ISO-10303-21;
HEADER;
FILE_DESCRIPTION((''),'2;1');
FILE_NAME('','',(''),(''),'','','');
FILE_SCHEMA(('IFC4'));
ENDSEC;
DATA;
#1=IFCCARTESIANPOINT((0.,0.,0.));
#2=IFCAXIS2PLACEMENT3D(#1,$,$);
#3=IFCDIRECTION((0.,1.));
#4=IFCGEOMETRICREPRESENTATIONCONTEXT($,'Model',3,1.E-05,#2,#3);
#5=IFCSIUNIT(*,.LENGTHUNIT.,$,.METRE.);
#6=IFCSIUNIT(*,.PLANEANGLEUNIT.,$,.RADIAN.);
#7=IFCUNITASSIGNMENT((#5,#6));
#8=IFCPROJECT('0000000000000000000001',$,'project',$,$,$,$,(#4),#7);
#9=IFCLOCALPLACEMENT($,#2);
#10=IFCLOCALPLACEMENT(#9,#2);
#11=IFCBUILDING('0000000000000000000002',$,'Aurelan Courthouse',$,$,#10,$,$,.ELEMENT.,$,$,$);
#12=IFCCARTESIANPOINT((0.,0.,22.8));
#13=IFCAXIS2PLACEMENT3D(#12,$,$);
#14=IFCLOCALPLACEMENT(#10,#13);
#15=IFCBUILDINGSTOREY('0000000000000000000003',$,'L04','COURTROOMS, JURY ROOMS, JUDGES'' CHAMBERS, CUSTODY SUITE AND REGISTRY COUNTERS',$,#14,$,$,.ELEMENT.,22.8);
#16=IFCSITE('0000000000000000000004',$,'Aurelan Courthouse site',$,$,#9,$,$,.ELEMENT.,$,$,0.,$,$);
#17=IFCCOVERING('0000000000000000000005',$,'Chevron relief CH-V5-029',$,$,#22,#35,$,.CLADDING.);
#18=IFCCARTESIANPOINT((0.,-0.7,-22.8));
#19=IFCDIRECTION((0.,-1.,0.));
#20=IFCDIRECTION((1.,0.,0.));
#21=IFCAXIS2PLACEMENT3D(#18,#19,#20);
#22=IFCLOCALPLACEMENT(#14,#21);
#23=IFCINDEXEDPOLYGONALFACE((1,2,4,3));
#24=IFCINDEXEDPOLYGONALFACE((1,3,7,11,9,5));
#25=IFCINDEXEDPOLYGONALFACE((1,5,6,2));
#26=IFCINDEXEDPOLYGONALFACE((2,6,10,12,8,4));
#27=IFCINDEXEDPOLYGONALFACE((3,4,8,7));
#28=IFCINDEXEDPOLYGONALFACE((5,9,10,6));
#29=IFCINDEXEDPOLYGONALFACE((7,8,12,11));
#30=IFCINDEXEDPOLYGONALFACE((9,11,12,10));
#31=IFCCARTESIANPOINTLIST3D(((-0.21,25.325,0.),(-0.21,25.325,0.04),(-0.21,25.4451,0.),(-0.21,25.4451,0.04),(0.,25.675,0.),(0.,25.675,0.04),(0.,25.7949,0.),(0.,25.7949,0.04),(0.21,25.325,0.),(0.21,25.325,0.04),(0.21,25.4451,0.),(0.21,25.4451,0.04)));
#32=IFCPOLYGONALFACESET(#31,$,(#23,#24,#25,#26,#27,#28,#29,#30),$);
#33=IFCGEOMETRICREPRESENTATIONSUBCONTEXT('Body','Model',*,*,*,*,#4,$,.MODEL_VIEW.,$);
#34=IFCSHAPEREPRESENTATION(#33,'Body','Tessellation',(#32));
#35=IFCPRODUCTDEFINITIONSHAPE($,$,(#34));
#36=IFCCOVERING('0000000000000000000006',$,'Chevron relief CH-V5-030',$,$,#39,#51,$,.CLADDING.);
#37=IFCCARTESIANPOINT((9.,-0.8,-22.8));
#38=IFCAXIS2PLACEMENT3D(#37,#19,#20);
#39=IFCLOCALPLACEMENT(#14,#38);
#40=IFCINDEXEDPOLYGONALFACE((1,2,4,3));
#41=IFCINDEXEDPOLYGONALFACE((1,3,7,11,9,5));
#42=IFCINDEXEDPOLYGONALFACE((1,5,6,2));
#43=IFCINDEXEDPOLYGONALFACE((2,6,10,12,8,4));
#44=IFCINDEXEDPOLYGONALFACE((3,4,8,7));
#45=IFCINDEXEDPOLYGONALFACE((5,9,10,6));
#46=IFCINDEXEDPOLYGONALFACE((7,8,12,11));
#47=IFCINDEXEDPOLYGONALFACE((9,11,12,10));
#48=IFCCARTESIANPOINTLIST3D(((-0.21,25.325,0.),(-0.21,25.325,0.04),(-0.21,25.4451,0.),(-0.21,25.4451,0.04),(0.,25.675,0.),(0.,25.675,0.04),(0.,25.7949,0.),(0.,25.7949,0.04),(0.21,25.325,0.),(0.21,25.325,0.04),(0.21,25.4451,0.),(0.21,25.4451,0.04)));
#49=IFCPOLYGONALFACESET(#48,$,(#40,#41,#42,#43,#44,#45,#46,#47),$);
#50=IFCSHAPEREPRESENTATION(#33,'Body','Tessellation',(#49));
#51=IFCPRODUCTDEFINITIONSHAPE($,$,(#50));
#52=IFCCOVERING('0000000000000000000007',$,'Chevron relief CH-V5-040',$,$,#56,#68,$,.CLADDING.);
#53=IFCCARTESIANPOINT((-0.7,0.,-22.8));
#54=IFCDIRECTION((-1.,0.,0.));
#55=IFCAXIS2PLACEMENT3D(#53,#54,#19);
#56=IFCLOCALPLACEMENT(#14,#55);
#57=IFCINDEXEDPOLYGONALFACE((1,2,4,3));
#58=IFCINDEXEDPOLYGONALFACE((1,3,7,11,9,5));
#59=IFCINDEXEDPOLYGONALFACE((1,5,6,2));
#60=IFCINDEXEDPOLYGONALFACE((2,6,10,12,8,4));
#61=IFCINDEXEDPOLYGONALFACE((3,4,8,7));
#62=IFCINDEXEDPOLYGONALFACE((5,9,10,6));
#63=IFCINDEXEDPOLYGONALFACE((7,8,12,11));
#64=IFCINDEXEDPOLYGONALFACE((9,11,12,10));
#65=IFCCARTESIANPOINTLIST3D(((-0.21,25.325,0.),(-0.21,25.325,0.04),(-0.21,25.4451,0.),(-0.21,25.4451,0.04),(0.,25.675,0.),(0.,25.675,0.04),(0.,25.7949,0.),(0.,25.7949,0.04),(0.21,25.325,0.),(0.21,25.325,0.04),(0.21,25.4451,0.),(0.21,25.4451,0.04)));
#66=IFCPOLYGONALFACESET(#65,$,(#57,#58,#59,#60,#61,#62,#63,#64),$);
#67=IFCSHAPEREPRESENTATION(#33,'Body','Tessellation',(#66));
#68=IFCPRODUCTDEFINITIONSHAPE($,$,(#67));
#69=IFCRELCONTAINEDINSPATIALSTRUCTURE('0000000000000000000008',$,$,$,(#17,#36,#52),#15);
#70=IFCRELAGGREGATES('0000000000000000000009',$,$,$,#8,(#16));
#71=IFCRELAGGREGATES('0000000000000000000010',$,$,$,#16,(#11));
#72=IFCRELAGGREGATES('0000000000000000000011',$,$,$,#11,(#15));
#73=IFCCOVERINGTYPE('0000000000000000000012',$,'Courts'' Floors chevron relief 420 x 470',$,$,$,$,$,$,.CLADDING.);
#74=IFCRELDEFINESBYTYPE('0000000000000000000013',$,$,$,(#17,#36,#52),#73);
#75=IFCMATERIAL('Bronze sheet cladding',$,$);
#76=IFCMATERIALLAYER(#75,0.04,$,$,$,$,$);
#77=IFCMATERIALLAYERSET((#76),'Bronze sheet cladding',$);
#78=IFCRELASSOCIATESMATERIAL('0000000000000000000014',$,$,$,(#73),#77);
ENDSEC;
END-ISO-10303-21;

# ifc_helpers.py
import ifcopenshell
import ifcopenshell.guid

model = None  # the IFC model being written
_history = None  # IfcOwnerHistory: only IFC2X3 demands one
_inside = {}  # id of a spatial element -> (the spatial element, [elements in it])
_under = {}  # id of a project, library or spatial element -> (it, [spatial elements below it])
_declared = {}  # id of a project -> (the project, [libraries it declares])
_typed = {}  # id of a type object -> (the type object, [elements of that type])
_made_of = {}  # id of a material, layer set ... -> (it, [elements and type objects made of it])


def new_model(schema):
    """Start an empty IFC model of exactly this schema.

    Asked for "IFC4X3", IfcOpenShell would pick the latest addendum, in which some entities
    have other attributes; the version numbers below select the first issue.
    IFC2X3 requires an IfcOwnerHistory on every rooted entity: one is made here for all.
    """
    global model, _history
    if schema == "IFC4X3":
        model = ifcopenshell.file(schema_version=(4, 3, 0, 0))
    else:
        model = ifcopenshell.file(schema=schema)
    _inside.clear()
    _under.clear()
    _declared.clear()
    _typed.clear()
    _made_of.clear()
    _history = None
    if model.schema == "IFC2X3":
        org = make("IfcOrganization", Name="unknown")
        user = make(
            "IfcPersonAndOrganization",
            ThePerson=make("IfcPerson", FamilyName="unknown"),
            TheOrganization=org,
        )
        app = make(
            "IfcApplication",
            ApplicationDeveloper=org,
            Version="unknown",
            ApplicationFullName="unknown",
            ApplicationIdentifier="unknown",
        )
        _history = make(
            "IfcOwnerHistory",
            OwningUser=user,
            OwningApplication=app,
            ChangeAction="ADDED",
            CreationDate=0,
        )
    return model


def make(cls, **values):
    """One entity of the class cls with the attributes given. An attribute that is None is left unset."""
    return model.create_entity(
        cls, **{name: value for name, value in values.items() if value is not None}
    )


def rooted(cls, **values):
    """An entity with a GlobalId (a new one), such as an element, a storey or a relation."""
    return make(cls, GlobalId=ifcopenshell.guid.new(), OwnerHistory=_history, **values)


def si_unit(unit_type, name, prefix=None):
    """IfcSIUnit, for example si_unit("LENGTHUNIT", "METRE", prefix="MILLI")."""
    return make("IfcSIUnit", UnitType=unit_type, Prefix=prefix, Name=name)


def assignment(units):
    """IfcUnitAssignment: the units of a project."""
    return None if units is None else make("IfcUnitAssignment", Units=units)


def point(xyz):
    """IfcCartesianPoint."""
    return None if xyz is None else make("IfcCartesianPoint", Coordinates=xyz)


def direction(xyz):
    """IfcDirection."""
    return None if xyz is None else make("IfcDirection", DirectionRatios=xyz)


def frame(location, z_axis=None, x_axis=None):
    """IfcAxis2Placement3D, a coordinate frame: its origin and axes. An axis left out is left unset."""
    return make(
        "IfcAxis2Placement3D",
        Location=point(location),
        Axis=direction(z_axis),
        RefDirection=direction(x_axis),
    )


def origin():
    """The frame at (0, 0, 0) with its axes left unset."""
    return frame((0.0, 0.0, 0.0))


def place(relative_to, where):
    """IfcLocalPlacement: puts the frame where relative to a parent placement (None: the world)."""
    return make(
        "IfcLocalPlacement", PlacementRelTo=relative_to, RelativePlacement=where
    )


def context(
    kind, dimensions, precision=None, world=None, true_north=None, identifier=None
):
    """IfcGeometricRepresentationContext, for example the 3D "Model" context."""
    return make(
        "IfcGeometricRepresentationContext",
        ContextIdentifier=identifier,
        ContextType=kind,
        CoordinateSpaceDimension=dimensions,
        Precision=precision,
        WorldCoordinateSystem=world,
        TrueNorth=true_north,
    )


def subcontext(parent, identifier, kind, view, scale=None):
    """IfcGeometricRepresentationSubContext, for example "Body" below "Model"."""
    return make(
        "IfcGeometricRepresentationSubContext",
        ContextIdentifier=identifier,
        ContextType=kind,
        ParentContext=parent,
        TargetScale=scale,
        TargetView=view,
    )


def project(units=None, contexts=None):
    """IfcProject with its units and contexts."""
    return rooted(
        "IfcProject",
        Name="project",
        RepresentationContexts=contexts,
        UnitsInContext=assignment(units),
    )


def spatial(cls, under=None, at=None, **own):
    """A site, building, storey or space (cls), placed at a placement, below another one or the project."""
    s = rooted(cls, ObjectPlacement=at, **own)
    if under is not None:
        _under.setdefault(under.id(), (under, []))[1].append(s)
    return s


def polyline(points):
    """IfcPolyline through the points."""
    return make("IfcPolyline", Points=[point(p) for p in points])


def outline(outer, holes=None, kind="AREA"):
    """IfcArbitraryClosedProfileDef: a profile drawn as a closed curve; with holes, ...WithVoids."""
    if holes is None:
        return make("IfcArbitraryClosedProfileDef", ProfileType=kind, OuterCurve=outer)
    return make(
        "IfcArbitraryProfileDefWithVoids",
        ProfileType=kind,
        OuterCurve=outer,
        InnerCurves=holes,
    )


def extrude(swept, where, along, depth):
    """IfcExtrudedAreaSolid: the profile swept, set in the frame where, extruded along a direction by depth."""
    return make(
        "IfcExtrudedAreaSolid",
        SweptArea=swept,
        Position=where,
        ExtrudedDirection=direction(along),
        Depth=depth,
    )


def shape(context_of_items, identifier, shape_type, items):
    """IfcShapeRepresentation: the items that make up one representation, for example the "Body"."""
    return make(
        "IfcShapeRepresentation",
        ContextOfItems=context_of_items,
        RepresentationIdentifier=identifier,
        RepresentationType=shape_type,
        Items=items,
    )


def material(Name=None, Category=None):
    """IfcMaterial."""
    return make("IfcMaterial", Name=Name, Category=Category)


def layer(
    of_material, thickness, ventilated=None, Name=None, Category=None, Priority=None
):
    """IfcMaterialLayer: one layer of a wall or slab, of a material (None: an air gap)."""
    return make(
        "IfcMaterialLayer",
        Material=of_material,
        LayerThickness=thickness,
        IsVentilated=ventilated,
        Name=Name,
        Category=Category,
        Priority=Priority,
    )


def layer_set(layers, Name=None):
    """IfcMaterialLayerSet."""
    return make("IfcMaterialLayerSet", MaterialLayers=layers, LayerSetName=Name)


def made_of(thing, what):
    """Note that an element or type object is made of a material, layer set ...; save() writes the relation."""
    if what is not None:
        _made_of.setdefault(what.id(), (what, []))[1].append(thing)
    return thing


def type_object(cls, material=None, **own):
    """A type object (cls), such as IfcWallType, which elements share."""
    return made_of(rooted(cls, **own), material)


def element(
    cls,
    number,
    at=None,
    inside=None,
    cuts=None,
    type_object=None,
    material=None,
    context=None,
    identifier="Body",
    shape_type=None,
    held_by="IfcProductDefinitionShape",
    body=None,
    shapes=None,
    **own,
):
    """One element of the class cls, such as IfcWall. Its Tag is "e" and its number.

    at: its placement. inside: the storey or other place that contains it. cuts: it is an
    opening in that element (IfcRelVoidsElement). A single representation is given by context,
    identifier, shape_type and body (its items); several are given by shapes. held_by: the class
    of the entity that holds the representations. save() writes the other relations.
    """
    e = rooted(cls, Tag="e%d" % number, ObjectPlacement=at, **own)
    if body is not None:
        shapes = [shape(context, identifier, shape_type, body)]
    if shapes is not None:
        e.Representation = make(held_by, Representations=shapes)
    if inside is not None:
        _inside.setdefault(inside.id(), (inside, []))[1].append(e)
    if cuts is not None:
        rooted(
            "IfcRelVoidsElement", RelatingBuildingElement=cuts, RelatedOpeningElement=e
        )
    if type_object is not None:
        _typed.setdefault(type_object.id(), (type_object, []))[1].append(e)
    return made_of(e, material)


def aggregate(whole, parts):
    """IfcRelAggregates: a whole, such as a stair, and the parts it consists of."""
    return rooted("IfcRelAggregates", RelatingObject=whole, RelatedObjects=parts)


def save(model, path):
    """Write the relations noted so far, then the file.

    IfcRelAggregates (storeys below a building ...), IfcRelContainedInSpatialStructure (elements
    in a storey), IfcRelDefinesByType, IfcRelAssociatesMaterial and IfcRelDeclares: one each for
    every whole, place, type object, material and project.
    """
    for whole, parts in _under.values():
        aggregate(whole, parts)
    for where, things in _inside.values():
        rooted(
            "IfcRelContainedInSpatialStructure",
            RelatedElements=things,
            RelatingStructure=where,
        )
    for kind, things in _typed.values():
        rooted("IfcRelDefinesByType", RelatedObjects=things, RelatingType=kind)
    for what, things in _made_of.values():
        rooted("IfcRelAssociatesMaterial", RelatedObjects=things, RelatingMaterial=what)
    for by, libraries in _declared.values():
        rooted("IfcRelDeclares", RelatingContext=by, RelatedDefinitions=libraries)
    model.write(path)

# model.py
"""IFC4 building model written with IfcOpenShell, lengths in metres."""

from ifc_helpers import new_model, si_unit, direction, frame, origin, place, context, subcontext, project, spatial, polyline, outline, extrude, material, layer, layer_set, type_object, element, save


model = new_model("IFC4")

# Units and contexts
model_context = context("Model", 3, precision=1e-05, world=origin(), true_north=direction((0.0, 1.0)))
body_context = subcontext(model_context, "Body", "Model", "MODEL_VIEW")
ifc_project = project(units=[si_unit("LENGTHUNIT", "METRE"), si_unit("PLANEANGLEUNIT", "RADIAN")], contexts=[model_context])

# Site, building, storey
site_placement = place(None, origin())
site = spatial("IfcSite", under=ifc_project, at=site_placement, Name="Aurelan Courthouse site", CompositionType="ELEMENT", RefElevation=0.0)
building_placement = place(site_placement, origin())
building = spatial("IfcBuilding", under=site, at=building_placement, Name="Aurelan Courthouse", CompositionType="ELEMENT")
storey_placement = place(building_placement, frame((0.0, 0.0, 22.8)))
storey = spatial("IfcBuildingStorey", under=building, at=storey_placement, Name="L04", Description="COURTROOMS, JURY ROOMS, JUDGES' CHAMBERS, CUSTODY SUITE AND REGISTRY COUNTERS", CompositionType="ELEMENT", Elevation=22.8)

# Coverings
ifc_material_1 = material(Name="Bronze sheet cladding")
ifc_layer_1 = layer(ifc_material_1, 0.04)
ifc_layer_set_1 = layer_set([ifc_layer_1], Name="Bronze sheet cladding")
covering_type_1 = type_object("IfcCoveringType", Name="Courts' Floors chevron relief 420 x 470", PredefinedType="CLADDING", material=ifc_layer_set_1)
for number, where, z_axis, x_axis, name in (
    (1, (0.0, -0.7, -22.8), (0.0, -1.0, 0.0), (1.0, 0.0, 0.0), "Chevron relief CH-V5-029"),
    (2, (9.0, -0.8, -22.8), (0.0, -1.0, 0.0), (1.0, 0.0, 0.0), "Chevron relief CH-V5-030"),
    (3, (-0.7, 0.0, -22.8), (-1.0, 0.0, 0.0), (0.0, -1.0, 0.0), "Chevron relief CH-V5-040"),
):
    element("IfcCovering", number, at=place(storey_placement, frame(where, z_axis=z_axis, x_axis=x_axis)), inside=storey, type_object=covering_type_1, Name=name, PredefinedType="CLADDING", context=body_context, shape_type="SweptSolid", body=[
        extrude(outline(polyline([(-0.21, 25.325), (0.0, 25.675), (0.21, 25.325), (0.21, 25.4451), (0.0, 25.7949), (-0.21, 25.4451), (-0.21, 25.325)])), origin(), (0.0, 0.0, 1.0), 0.04),
    ])

save(model, "model.ifc")
